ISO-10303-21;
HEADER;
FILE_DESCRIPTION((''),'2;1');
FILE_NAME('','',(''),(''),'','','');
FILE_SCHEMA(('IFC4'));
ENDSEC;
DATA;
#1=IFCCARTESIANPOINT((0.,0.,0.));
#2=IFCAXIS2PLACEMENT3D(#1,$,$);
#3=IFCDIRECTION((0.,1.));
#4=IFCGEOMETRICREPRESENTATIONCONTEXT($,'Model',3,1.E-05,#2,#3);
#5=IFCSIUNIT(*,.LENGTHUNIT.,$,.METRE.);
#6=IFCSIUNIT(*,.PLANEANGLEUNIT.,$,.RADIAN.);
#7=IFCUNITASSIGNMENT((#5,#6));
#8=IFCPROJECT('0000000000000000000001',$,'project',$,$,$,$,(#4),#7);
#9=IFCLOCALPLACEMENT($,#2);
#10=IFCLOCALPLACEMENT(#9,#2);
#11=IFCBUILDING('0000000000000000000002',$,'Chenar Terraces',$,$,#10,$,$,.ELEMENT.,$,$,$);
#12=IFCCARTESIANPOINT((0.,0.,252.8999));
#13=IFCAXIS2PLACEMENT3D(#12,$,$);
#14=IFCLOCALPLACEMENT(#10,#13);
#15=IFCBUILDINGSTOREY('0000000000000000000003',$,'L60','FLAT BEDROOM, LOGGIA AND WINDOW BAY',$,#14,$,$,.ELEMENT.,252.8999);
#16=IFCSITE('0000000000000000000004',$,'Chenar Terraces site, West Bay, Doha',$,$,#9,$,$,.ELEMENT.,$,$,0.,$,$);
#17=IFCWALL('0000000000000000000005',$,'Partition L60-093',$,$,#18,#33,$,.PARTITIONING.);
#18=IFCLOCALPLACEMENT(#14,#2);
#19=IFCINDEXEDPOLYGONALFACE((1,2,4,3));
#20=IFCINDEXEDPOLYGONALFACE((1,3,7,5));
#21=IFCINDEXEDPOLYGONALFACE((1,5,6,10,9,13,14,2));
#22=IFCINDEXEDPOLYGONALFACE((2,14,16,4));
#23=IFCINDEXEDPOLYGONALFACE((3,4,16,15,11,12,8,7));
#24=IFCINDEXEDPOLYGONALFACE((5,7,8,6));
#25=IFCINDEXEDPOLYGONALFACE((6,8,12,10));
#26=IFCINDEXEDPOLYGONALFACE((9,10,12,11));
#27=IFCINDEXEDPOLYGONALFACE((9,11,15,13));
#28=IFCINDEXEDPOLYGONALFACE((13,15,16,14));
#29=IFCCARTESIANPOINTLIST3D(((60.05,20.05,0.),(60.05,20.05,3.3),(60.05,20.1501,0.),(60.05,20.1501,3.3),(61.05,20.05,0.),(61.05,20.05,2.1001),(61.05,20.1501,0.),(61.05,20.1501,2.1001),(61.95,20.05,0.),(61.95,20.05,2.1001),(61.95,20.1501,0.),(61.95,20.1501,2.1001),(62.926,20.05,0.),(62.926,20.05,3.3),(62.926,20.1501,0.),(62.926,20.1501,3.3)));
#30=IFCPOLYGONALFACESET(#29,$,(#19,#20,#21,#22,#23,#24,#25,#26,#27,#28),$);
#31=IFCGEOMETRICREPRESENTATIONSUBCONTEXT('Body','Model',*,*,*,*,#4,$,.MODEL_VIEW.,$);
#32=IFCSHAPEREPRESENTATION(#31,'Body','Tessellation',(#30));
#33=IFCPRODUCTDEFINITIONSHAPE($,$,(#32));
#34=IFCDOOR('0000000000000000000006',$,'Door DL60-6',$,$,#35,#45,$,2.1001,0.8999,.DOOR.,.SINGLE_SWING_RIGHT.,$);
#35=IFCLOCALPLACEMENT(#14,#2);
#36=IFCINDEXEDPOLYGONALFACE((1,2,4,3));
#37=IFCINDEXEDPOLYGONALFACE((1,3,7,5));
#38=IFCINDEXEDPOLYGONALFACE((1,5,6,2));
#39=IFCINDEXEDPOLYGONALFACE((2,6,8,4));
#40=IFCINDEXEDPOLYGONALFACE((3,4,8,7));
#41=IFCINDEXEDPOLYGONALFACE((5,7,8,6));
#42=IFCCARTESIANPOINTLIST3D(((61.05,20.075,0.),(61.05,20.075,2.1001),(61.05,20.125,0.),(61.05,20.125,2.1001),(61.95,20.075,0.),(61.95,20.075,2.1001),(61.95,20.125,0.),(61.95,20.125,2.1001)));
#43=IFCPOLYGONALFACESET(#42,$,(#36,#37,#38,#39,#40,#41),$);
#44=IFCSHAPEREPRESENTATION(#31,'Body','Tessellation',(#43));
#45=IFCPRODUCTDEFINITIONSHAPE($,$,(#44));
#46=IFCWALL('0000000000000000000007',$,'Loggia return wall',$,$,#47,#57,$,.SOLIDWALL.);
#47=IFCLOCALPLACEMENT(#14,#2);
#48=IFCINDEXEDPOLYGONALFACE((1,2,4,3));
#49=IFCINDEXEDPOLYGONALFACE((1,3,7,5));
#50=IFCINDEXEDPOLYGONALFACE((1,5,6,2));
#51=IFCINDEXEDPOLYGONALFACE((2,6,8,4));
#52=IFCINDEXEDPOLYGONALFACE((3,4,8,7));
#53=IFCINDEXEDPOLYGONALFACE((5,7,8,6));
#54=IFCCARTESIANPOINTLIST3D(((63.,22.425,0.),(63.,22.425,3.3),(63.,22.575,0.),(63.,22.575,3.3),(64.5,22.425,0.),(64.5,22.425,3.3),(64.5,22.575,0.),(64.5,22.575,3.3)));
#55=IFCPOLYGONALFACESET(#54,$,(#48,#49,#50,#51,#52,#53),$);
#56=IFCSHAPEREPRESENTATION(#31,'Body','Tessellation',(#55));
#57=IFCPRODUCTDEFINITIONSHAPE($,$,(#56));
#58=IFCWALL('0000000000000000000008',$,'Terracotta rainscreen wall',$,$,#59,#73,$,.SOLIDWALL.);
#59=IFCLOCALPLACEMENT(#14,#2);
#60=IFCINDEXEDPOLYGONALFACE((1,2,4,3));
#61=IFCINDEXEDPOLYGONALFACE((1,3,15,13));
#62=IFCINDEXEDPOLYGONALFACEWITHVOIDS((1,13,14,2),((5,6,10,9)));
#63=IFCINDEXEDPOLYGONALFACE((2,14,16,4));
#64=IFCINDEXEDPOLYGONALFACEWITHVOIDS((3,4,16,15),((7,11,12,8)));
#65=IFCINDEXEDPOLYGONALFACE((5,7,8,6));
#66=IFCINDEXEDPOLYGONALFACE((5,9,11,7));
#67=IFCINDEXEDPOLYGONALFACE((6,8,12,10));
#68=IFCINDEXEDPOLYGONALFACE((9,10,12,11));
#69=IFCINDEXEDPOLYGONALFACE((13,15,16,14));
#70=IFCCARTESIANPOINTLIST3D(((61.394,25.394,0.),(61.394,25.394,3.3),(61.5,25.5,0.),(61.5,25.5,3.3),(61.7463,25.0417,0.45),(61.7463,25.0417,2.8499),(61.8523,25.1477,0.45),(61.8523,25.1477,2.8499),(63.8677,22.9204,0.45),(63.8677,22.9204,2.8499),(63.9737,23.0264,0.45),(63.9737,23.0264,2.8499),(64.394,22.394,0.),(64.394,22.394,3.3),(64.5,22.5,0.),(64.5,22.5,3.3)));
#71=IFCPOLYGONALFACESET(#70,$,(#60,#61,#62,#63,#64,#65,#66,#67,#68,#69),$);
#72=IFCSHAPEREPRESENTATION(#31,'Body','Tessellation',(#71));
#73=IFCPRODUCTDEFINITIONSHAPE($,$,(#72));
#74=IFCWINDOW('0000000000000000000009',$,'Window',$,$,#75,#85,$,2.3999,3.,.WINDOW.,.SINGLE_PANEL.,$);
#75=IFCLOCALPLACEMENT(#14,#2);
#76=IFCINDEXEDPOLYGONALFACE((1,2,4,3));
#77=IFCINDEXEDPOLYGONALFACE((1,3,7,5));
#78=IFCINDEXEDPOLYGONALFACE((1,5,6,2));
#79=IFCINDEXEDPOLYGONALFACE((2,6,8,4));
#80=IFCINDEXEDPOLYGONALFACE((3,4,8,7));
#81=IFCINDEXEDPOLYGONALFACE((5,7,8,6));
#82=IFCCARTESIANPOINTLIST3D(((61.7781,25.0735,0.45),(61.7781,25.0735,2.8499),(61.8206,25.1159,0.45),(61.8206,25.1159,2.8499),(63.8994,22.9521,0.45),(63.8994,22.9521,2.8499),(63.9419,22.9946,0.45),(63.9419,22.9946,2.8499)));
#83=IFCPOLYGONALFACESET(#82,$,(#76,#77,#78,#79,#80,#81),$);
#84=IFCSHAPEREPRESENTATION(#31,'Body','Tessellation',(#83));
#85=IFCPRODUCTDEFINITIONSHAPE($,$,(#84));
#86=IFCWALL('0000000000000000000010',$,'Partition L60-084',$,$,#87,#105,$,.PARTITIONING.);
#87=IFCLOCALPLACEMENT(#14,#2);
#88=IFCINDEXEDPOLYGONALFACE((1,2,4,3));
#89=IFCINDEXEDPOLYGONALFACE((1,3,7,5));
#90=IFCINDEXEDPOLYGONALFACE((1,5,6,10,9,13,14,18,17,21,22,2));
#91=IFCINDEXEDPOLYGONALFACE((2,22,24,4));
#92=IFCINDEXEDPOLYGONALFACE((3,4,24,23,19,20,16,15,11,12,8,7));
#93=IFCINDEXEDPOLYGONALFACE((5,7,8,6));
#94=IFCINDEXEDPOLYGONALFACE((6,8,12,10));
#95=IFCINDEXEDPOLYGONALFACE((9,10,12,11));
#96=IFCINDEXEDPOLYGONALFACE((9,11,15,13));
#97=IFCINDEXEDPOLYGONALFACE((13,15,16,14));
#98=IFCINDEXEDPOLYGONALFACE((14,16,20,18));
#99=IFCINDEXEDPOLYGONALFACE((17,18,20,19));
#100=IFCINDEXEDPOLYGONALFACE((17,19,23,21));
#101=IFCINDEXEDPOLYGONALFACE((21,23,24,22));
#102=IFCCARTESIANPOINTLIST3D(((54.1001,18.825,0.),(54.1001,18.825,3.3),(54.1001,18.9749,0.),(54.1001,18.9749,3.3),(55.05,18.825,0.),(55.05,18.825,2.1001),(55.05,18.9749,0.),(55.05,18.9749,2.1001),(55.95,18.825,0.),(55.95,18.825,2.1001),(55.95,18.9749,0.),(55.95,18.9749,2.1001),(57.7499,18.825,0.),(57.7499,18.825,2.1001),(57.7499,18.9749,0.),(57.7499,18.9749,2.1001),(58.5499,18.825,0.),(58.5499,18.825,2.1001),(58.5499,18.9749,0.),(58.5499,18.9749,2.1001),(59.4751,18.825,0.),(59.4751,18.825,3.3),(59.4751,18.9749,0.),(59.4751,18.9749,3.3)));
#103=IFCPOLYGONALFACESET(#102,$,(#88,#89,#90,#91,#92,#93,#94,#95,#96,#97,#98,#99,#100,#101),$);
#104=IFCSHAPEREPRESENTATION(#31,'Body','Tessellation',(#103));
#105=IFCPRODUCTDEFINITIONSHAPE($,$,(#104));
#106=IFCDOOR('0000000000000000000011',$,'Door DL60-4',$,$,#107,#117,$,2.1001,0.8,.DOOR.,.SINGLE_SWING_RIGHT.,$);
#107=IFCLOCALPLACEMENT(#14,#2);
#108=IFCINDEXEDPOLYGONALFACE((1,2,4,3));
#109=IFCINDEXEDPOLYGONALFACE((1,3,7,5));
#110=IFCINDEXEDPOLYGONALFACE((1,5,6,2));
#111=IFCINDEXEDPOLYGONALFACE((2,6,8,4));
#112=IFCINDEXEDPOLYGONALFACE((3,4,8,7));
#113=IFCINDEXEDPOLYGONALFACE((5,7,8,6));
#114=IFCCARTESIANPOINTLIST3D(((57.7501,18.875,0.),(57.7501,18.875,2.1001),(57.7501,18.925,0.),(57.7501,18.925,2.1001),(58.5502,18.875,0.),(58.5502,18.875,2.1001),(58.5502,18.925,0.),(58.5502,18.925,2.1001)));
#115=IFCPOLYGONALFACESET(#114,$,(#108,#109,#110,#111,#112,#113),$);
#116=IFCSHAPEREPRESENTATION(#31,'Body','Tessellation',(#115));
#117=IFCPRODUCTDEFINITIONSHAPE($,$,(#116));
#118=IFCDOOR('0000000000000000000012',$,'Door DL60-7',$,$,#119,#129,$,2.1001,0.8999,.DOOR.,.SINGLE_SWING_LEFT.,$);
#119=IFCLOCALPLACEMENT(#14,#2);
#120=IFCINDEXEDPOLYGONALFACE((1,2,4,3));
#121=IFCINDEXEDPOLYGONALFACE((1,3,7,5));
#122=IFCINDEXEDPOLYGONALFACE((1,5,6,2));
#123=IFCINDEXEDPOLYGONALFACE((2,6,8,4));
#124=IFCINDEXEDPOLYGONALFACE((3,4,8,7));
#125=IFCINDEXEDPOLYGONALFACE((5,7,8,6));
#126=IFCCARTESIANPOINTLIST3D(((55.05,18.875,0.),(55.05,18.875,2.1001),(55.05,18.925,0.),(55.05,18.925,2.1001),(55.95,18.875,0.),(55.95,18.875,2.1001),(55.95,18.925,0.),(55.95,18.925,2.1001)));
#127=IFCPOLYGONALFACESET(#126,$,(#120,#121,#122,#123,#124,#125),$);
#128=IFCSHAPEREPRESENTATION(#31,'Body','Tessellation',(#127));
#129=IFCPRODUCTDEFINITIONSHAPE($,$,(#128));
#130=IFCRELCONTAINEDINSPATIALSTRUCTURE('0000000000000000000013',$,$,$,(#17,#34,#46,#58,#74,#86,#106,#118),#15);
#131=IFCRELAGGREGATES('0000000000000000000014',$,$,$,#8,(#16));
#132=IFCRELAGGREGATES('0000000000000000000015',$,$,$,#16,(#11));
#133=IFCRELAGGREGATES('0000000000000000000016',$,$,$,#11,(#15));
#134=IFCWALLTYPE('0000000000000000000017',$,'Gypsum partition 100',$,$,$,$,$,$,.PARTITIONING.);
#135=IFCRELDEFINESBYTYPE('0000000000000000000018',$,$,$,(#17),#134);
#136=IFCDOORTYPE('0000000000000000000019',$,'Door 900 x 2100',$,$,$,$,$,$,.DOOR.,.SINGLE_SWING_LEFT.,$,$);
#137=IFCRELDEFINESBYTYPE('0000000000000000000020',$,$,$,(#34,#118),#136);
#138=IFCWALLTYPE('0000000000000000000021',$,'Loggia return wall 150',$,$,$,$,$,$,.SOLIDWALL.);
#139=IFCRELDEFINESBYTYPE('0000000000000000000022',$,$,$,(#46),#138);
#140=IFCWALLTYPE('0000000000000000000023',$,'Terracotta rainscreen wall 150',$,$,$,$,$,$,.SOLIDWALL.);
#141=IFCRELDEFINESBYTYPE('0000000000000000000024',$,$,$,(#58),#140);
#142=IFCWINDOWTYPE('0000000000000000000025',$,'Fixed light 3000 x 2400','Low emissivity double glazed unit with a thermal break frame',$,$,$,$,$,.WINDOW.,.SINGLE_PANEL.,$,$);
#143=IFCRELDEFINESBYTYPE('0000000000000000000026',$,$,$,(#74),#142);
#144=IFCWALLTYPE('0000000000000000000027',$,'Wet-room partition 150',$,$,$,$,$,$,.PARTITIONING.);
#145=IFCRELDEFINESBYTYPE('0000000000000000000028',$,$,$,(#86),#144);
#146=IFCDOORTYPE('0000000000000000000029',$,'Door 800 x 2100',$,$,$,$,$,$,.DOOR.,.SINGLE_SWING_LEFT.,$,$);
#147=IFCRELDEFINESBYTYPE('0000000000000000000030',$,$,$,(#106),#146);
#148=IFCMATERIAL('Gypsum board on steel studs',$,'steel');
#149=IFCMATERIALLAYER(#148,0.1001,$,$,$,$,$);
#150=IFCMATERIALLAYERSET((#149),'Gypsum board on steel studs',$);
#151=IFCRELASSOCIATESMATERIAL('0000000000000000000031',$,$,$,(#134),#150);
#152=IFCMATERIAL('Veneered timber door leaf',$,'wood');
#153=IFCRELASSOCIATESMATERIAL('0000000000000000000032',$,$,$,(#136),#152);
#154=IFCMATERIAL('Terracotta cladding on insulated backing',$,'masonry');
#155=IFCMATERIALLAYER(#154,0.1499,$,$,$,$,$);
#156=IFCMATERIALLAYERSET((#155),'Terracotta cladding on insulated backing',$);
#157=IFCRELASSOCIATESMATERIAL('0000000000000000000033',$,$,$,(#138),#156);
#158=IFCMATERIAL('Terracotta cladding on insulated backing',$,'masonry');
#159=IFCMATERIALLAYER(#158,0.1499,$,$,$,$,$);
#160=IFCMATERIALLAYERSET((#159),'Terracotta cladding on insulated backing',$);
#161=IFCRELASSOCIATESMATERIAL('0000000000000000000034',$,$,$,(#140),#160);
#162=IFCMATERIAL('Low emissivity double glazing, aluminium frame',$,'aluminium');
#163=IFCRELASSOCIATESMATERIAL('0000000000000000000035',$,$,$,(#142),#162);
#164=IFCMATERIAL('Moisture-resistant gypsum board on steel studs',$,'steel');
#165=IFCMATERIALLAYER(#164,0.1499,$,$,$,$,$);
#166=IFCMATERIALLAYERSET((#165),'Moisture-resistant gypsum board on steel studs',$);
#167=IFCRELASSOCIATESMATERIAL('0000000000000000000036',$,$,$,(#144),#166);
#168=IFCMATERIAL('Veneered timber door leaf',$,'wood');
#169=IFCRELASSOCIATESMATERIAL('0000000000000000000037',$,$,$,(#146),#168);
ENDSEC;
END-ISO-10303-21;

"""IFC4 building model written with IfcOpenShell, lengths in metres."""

from ifc_helpers import new_model, si_unit, direction, frame, frame_2d, origin, place, context, subcontext, project, spatial, rectangle, extrude, material, layer, layer_set, type_object, element, fill, save


model = new_model("IFC4")

# Units and contexts
model_context = context("Model", 3, precision=1e-05, world=origin(), true_north=direction((0.0, 1.0)))
body_context = subcontext(model_context, "Body", "Model", "MODEL_VIEW")
ifc_project = project(units=[si_unit("LENGTHUNIT", "METRE"), si_unit("PLANEANGLEUNIT", "RADIAN")], contexts=[model_context])

# Site, building, storey
site_placement = place(None, origin())
site = spatial("IfcSite", under=ifc_project, at=site_placement, Name="Chenar Terraces site, West Bay, Doha", CompositionType="ELEMENT", RefElevation=0.0)
building_placement = place(site_placement, origin())
building = spatial("IfcBuilding", under=site, at=building_placement, Name="Chenar Terraces", CompositionType="ELEMENT")
storey_placement = place(building_placement, frame((0.0, 0.0, 252.8999)))
storey = spatial("IfcBuildingStorey", under=building, at=storey_placement, Name="L60", Description="FLAT BEDROOM, LOGGIA AND WINDOW BAY", CompositionType="ELEMENT", Elevation=252.8999)

# Shared definitions
ifc_material_1 = material(Name="Gypsum board on steel studs", Category="steel")
ifc_layer_1 = layer(ifc_material_1, 0.1001)
ifc_layer_set_1 = layer_set([ifc_layer_1], Name="Gypsum board on steel studs")
wall_type_1 = type_object("IfcWallType", Name="Gypsum partition 100", PredefinedType="PARTITIONING", material=ifc_layer_set_1)
ifc_material_2 = material(Name="Veneered timber door leaf", Category="wood")
door_type_1 = type_object("IfcDoorType", Name="Door 900 x 2100", OperationType="SINGLE_SWING_LEFT", PredefinedType="DOOR", material=ifc_material_2)

# Wall, opening, door
wall_1_placement = place(storey_placement, frame((60.05, 20.1001, 0.0), z_axis=(0.0, 0.0, 1.0), x_axis=(1.0, 0.0, 0.0)))
wall_1 = element("IfcWall", 1, at=wall_1_placement, inside=storey, type_object=wall_type_1, Name="Partition L60-093", PredefinedType="PARTITIONING", context=body_context, shape_type="SweptSolid", body=[
    extrude(rectangle(XDim=2.876, YDim=0.1001, at=frame_2d((1.438, 0.0))), origin(), (0.0, 0.0, 1.0), 3.3),
])
opening_1_placement = place(wall_1_placement, frame((1.0, 0.0, 0.0)))
opening_1 = element("IfcOpeningElement", 2, at=opening_1_placement, cuts=wall_1, PredefinedType="OPENING", context=body_context, shape_type="SweptSolid", body=[
    extrude(rectangle(XDim=0.8999, YDim=2.1001, at=frame_2d((0.45, 1.05))), frame((0.0, 0.0601, 0.0), z_axis=(0.0, -1.0, 0.0), x_axis=(1.0, 0.0, 0.0)), (0.0, 0.0, 1.0), 0.1201),
])
door_1_placement = place(opening_1_placement, origin())
door_1 = element("IfcDoor", 3, at=door_1_placement, inside=storey, type_object=door_type_1, Name="Door DL60-6", OperationType="SINGLE_SWING_RIGHT", OverallHeight=2.1001, OverallWidth=0.8999, PredefinedType="DOOR", context=body_context, shape_type="SweptSolid", body=[
    extrude(rectangle(XDim=0.8999, YDim=2.1001, at=frame_2d((0.45, 1.05))), frame((0.0, 0.0249, 0.0), z_axis=(0.0, -1.0, 0.0), x_axis=(1.0, 0.0, 0.0)), (0.0, 0.0, 1.0), 0.05),
])
fill(opening_1, door_1)

# Wall
ifc_material_3 = material(Name="Terracotta cladding on insulated backing", Category="masonry")
ifc_layer_2 = layer(ifc_material_3, 0.1499)
ifc_layer_set_2 = layer_set([ifc_layer_2], Name="Terracotta cladding on insulated backing")
wall_type_2 = type_object("IfcWallType", Name="Loggia return wall 150", PredefinedType="SOLIDWALL", material=ifc_layer_set_2)
wall_2_placement = place(storey_placement, frame((64.5, 22.5, 0.0), z_axis=(0.0, 0.0, 1.0), x_axis=(-1.0, 0.0, 0.0)))
element("IfcWall", 4, at=wall_2_placement, inside=storey, type_object=wall_type_2, Name="Loggia return wall", PredefinedType="SOLIDWALL", context=body_context, shape_type="SweptSolid", body=[
    extrude(rectangle(XDim=1.5, YDim=0.1499, at=frame_2d((0.75, 0.0))), origin(), (0.0, 0.0, 1.0), 3.3),
])

# Wall, opening, window
ifc_material_4 = material(Name="Terracotta cladding on insulated backing", Category="masonry")
ifc_layer_3 = layer(ifc_material_4, 0.1499)
ifc_layer_set_3 = layer_set([ifc_layer_3], Name="Terracotta cladding on insulated backing")
wall_type_3 = type_object("IfcWallType", Name="Terracotta rainscreen wall 150", PredefinedType="SOLIDWALL", material=ifc_layer_set_3)
wall_3_placement = place(storey_placement, frame((64.447, 22.447, 0.0), z_axis=(0.0, 0.0, 1.0), x_axis=(-0.707107, 0.707107, 0.0)))
wall_3 = element("IfcWall", 5, at=wall_3_placement, inside=storey, type_object=wall_type_3, Name="Terracotta rainscreen wall", PredefinedType="SOLIDWALL", context=body_context, shape_type="SweptSolid", body=[
    extrude(rectangle(XDim=4.2427, YDim=0.1499, at=frame_2d((2.1213, 0.0))), origin(), (0.0, 0.0, 1.0), 3.3),
])
opening_2_placement = place(wall_3_placement, frame((0.7444, 0.0, 0.45)))
opening_2 = element("IfcOpeningElement", 6, at=opening_2_placement, cuts=wall_3, PredefinedType="OPENING", context=body_context, shape_type="SweptSolid", body=[
    extrude(rectangle(XDim=3.0, YDim=2.3999, at=frame_2d((1.5, 1.2))), frame((0.0, 0.085, 0.0), z_axis=(0.0, -1.0, 0.0), x_axis=(1.0, 0.0, 0.0)), (0.0, 0.0, 1.0), 0.1699),
])
ifc_material_5 = material(Name="Low emissivity double glazing, aluminium frame", Category="aluminium")
window_type_1 = type_object("IfcWindowType", Name="Fixed light 3000 x 2400", Description="Low emissivity double glazed unit with a thermal break frame", PartitioningType="SINGLE_PANEL", PredefinedType="WINDOW", material=ifc_material_5)
window_1_placement = place(opening_2_placement, origin())
window_1 = element("IfcWindow", 7, at=window_1_placement, inside=storey, type_object=window_type_1, Name="Window", OverallHeight=2.3999, OverallWidth=3.0, PartitioningType="SINGLE_PANEL", PredefinedType="WINDOW", context=body_context, shape_type="SweptSolid", body=[
    extrude(rectangle(XDim=3.0, YDim=2.3999, at=frame_2d((1.5, 1.2))), frame((0.0, 0.03, 0.0), z_axis=(0.0, -1.0, 0.0), x_axis=(1.0, 0.0, 0.0)), (0.0, 0.0, 1.0), 0.0601),
])
fill(opening_2, window_1)

# Wall, openings, doors
ifc_material_6 = material(Name="Moisture-resistant gypsum board on steel studs", Category="steel")
ifc_layer_4 = layer(ifc_material_6, 0.1499)
ifc_layer_set_4 = layer_set([ifc_layer_4], Name="Moisture-resistant gypsum board on steel studs")
wall_type_4 = type_object("IfcWallType", Name="Wet-room partition 150", PredefinedType="PARTITIONING", material=ifc_layer_set_4)
wall_4_placement = place(storey_placement, frame((54.1001, 18.8999, 0.0), z_axis=(0.0, 0.0, 1.0), x_axis=(1.0, 0.0, 0.0)))
wall_4 = element("IfcWall", 8, at=wall_4_placement, inside=storey, type_object=wall_type_4, Name="Partition L60-084", PredefinedType="PARTITIONING", context=body_context, shape_type="SweptSolid", body=[
    extrude(rectangle(XDim=5.375, YDim=0.1499, at=frame_2d((2.6875, 0.0))), origin(), (0.0, 0.0, 1.0), 3.3),
])
opening_3_placement = place(wall_4_placement, frame((3.6499, 0.0, 0.0)))
opening_3 = element("IfcOpeningElement", 9, at=opening_3_placement, cuts=wall_4, PredefinedType="OPENING", context=body_context, shape_type="SweptSolid", body=[
    extrude(rectangle(XDim=0.8, YDim=2.1001, at=frame_2d((0.3999, 1.05))), frame((0.0, 0.085, 0.0), z_axis=(0.0, -1.0, 0.0), x_axis=(1.0, 0.0, 0.0)), (0.0, 0.0, 1.0), 0.1699),
])
opening_4_placement = place(wall_4_placement, frame((0.95, 0.0, 0.0)))
opening_4 = element("IfcOpeningElement", 10, at=opening_4_placement, cuts=wall_4, PredefinedType="OPENING", context=body_context, shape_type="SweptSolid", body=[
    extrude(rectangle(XDim=0.8999, YDim=2.1001, at=frame_2d((0.45, 1.05))), frame((0.0, 0.085, 0.0), z_axis=(0.0, -1.0, 0.0), x_axis=(1.0, 0.0, 0.0)), (0.0, 0.0, 1.0), 0.1699),
])
ifc_material_7 = material(Name="Veneered timber door leaf", Category="wood")
door_type_2 = type_object("IfcDoorType", Name="Door 800 x 2100", OperationType="SINGLE_SWING_LEFT", PredefinedType="DOOR", material=ifc_material_7)
door_2_placement = place(opening_3_placement, frame((0.8, 0.0, 0.0), z_axis=(0.0, 0.0, 1.0), x_axis=(-1.0, 0.0, 0.0)))
door_2 = element("IfcDoor", 11, at=door_2_placement, inside=storey, type_object=door_type_2, Name="Door DL60-4", OperationType="SINGLE_SWING_RIGHT", OverallHeight=2.1001, OverallWidth=0.8, PredefinedType="DOOR", context=body_context, shape_type="SweptSolid", body=[
    extrude(rectangle(XDim=0.8, YDim=2.1001, at=frame_2d((0.3999, 1.05))), frame((0.0, 0.0249, 0.0), z_axis=(0.0, -1.0, 0.0), x_axis=(1.0, 0.0, 0.0)), (0.0, 0.0, 1.0), 0.05),
])
fill(opening_3, door_2)
door_3_placement = place(opening_4_placement, frame((0.8999, 0.0, 0.0), z_axis=(0.0, 0.0, 1.0), x_axis=(-1.0, 0.0, 0.0)))
door_3 = element("IfcDoor", 12, at=door_3_placement, inside=storey, type_object=door_type_1, Name="Door DL60-7", OperationType="SINGLE_SWING_LEFT", OverallHeight=2.1001, OverallWidth=0.8999, PredefinedType="DOOR", context=body_context, shape_type="SweptSolid", body=[
    extrude(rectangle(XDim=0.8999, YDim=2.1001, at=frame_2d((0.45, 1.05))), frame((0.0, 0.0249, 0.0), z_axis=(0.0, -1.0, 0.0), x_axis=(1.0, 0.0, 0.0)), (0.0, 0.0, 1.0), 0.05),
])
fill(opening_4, door_3)

save(model, "model.ifc")
